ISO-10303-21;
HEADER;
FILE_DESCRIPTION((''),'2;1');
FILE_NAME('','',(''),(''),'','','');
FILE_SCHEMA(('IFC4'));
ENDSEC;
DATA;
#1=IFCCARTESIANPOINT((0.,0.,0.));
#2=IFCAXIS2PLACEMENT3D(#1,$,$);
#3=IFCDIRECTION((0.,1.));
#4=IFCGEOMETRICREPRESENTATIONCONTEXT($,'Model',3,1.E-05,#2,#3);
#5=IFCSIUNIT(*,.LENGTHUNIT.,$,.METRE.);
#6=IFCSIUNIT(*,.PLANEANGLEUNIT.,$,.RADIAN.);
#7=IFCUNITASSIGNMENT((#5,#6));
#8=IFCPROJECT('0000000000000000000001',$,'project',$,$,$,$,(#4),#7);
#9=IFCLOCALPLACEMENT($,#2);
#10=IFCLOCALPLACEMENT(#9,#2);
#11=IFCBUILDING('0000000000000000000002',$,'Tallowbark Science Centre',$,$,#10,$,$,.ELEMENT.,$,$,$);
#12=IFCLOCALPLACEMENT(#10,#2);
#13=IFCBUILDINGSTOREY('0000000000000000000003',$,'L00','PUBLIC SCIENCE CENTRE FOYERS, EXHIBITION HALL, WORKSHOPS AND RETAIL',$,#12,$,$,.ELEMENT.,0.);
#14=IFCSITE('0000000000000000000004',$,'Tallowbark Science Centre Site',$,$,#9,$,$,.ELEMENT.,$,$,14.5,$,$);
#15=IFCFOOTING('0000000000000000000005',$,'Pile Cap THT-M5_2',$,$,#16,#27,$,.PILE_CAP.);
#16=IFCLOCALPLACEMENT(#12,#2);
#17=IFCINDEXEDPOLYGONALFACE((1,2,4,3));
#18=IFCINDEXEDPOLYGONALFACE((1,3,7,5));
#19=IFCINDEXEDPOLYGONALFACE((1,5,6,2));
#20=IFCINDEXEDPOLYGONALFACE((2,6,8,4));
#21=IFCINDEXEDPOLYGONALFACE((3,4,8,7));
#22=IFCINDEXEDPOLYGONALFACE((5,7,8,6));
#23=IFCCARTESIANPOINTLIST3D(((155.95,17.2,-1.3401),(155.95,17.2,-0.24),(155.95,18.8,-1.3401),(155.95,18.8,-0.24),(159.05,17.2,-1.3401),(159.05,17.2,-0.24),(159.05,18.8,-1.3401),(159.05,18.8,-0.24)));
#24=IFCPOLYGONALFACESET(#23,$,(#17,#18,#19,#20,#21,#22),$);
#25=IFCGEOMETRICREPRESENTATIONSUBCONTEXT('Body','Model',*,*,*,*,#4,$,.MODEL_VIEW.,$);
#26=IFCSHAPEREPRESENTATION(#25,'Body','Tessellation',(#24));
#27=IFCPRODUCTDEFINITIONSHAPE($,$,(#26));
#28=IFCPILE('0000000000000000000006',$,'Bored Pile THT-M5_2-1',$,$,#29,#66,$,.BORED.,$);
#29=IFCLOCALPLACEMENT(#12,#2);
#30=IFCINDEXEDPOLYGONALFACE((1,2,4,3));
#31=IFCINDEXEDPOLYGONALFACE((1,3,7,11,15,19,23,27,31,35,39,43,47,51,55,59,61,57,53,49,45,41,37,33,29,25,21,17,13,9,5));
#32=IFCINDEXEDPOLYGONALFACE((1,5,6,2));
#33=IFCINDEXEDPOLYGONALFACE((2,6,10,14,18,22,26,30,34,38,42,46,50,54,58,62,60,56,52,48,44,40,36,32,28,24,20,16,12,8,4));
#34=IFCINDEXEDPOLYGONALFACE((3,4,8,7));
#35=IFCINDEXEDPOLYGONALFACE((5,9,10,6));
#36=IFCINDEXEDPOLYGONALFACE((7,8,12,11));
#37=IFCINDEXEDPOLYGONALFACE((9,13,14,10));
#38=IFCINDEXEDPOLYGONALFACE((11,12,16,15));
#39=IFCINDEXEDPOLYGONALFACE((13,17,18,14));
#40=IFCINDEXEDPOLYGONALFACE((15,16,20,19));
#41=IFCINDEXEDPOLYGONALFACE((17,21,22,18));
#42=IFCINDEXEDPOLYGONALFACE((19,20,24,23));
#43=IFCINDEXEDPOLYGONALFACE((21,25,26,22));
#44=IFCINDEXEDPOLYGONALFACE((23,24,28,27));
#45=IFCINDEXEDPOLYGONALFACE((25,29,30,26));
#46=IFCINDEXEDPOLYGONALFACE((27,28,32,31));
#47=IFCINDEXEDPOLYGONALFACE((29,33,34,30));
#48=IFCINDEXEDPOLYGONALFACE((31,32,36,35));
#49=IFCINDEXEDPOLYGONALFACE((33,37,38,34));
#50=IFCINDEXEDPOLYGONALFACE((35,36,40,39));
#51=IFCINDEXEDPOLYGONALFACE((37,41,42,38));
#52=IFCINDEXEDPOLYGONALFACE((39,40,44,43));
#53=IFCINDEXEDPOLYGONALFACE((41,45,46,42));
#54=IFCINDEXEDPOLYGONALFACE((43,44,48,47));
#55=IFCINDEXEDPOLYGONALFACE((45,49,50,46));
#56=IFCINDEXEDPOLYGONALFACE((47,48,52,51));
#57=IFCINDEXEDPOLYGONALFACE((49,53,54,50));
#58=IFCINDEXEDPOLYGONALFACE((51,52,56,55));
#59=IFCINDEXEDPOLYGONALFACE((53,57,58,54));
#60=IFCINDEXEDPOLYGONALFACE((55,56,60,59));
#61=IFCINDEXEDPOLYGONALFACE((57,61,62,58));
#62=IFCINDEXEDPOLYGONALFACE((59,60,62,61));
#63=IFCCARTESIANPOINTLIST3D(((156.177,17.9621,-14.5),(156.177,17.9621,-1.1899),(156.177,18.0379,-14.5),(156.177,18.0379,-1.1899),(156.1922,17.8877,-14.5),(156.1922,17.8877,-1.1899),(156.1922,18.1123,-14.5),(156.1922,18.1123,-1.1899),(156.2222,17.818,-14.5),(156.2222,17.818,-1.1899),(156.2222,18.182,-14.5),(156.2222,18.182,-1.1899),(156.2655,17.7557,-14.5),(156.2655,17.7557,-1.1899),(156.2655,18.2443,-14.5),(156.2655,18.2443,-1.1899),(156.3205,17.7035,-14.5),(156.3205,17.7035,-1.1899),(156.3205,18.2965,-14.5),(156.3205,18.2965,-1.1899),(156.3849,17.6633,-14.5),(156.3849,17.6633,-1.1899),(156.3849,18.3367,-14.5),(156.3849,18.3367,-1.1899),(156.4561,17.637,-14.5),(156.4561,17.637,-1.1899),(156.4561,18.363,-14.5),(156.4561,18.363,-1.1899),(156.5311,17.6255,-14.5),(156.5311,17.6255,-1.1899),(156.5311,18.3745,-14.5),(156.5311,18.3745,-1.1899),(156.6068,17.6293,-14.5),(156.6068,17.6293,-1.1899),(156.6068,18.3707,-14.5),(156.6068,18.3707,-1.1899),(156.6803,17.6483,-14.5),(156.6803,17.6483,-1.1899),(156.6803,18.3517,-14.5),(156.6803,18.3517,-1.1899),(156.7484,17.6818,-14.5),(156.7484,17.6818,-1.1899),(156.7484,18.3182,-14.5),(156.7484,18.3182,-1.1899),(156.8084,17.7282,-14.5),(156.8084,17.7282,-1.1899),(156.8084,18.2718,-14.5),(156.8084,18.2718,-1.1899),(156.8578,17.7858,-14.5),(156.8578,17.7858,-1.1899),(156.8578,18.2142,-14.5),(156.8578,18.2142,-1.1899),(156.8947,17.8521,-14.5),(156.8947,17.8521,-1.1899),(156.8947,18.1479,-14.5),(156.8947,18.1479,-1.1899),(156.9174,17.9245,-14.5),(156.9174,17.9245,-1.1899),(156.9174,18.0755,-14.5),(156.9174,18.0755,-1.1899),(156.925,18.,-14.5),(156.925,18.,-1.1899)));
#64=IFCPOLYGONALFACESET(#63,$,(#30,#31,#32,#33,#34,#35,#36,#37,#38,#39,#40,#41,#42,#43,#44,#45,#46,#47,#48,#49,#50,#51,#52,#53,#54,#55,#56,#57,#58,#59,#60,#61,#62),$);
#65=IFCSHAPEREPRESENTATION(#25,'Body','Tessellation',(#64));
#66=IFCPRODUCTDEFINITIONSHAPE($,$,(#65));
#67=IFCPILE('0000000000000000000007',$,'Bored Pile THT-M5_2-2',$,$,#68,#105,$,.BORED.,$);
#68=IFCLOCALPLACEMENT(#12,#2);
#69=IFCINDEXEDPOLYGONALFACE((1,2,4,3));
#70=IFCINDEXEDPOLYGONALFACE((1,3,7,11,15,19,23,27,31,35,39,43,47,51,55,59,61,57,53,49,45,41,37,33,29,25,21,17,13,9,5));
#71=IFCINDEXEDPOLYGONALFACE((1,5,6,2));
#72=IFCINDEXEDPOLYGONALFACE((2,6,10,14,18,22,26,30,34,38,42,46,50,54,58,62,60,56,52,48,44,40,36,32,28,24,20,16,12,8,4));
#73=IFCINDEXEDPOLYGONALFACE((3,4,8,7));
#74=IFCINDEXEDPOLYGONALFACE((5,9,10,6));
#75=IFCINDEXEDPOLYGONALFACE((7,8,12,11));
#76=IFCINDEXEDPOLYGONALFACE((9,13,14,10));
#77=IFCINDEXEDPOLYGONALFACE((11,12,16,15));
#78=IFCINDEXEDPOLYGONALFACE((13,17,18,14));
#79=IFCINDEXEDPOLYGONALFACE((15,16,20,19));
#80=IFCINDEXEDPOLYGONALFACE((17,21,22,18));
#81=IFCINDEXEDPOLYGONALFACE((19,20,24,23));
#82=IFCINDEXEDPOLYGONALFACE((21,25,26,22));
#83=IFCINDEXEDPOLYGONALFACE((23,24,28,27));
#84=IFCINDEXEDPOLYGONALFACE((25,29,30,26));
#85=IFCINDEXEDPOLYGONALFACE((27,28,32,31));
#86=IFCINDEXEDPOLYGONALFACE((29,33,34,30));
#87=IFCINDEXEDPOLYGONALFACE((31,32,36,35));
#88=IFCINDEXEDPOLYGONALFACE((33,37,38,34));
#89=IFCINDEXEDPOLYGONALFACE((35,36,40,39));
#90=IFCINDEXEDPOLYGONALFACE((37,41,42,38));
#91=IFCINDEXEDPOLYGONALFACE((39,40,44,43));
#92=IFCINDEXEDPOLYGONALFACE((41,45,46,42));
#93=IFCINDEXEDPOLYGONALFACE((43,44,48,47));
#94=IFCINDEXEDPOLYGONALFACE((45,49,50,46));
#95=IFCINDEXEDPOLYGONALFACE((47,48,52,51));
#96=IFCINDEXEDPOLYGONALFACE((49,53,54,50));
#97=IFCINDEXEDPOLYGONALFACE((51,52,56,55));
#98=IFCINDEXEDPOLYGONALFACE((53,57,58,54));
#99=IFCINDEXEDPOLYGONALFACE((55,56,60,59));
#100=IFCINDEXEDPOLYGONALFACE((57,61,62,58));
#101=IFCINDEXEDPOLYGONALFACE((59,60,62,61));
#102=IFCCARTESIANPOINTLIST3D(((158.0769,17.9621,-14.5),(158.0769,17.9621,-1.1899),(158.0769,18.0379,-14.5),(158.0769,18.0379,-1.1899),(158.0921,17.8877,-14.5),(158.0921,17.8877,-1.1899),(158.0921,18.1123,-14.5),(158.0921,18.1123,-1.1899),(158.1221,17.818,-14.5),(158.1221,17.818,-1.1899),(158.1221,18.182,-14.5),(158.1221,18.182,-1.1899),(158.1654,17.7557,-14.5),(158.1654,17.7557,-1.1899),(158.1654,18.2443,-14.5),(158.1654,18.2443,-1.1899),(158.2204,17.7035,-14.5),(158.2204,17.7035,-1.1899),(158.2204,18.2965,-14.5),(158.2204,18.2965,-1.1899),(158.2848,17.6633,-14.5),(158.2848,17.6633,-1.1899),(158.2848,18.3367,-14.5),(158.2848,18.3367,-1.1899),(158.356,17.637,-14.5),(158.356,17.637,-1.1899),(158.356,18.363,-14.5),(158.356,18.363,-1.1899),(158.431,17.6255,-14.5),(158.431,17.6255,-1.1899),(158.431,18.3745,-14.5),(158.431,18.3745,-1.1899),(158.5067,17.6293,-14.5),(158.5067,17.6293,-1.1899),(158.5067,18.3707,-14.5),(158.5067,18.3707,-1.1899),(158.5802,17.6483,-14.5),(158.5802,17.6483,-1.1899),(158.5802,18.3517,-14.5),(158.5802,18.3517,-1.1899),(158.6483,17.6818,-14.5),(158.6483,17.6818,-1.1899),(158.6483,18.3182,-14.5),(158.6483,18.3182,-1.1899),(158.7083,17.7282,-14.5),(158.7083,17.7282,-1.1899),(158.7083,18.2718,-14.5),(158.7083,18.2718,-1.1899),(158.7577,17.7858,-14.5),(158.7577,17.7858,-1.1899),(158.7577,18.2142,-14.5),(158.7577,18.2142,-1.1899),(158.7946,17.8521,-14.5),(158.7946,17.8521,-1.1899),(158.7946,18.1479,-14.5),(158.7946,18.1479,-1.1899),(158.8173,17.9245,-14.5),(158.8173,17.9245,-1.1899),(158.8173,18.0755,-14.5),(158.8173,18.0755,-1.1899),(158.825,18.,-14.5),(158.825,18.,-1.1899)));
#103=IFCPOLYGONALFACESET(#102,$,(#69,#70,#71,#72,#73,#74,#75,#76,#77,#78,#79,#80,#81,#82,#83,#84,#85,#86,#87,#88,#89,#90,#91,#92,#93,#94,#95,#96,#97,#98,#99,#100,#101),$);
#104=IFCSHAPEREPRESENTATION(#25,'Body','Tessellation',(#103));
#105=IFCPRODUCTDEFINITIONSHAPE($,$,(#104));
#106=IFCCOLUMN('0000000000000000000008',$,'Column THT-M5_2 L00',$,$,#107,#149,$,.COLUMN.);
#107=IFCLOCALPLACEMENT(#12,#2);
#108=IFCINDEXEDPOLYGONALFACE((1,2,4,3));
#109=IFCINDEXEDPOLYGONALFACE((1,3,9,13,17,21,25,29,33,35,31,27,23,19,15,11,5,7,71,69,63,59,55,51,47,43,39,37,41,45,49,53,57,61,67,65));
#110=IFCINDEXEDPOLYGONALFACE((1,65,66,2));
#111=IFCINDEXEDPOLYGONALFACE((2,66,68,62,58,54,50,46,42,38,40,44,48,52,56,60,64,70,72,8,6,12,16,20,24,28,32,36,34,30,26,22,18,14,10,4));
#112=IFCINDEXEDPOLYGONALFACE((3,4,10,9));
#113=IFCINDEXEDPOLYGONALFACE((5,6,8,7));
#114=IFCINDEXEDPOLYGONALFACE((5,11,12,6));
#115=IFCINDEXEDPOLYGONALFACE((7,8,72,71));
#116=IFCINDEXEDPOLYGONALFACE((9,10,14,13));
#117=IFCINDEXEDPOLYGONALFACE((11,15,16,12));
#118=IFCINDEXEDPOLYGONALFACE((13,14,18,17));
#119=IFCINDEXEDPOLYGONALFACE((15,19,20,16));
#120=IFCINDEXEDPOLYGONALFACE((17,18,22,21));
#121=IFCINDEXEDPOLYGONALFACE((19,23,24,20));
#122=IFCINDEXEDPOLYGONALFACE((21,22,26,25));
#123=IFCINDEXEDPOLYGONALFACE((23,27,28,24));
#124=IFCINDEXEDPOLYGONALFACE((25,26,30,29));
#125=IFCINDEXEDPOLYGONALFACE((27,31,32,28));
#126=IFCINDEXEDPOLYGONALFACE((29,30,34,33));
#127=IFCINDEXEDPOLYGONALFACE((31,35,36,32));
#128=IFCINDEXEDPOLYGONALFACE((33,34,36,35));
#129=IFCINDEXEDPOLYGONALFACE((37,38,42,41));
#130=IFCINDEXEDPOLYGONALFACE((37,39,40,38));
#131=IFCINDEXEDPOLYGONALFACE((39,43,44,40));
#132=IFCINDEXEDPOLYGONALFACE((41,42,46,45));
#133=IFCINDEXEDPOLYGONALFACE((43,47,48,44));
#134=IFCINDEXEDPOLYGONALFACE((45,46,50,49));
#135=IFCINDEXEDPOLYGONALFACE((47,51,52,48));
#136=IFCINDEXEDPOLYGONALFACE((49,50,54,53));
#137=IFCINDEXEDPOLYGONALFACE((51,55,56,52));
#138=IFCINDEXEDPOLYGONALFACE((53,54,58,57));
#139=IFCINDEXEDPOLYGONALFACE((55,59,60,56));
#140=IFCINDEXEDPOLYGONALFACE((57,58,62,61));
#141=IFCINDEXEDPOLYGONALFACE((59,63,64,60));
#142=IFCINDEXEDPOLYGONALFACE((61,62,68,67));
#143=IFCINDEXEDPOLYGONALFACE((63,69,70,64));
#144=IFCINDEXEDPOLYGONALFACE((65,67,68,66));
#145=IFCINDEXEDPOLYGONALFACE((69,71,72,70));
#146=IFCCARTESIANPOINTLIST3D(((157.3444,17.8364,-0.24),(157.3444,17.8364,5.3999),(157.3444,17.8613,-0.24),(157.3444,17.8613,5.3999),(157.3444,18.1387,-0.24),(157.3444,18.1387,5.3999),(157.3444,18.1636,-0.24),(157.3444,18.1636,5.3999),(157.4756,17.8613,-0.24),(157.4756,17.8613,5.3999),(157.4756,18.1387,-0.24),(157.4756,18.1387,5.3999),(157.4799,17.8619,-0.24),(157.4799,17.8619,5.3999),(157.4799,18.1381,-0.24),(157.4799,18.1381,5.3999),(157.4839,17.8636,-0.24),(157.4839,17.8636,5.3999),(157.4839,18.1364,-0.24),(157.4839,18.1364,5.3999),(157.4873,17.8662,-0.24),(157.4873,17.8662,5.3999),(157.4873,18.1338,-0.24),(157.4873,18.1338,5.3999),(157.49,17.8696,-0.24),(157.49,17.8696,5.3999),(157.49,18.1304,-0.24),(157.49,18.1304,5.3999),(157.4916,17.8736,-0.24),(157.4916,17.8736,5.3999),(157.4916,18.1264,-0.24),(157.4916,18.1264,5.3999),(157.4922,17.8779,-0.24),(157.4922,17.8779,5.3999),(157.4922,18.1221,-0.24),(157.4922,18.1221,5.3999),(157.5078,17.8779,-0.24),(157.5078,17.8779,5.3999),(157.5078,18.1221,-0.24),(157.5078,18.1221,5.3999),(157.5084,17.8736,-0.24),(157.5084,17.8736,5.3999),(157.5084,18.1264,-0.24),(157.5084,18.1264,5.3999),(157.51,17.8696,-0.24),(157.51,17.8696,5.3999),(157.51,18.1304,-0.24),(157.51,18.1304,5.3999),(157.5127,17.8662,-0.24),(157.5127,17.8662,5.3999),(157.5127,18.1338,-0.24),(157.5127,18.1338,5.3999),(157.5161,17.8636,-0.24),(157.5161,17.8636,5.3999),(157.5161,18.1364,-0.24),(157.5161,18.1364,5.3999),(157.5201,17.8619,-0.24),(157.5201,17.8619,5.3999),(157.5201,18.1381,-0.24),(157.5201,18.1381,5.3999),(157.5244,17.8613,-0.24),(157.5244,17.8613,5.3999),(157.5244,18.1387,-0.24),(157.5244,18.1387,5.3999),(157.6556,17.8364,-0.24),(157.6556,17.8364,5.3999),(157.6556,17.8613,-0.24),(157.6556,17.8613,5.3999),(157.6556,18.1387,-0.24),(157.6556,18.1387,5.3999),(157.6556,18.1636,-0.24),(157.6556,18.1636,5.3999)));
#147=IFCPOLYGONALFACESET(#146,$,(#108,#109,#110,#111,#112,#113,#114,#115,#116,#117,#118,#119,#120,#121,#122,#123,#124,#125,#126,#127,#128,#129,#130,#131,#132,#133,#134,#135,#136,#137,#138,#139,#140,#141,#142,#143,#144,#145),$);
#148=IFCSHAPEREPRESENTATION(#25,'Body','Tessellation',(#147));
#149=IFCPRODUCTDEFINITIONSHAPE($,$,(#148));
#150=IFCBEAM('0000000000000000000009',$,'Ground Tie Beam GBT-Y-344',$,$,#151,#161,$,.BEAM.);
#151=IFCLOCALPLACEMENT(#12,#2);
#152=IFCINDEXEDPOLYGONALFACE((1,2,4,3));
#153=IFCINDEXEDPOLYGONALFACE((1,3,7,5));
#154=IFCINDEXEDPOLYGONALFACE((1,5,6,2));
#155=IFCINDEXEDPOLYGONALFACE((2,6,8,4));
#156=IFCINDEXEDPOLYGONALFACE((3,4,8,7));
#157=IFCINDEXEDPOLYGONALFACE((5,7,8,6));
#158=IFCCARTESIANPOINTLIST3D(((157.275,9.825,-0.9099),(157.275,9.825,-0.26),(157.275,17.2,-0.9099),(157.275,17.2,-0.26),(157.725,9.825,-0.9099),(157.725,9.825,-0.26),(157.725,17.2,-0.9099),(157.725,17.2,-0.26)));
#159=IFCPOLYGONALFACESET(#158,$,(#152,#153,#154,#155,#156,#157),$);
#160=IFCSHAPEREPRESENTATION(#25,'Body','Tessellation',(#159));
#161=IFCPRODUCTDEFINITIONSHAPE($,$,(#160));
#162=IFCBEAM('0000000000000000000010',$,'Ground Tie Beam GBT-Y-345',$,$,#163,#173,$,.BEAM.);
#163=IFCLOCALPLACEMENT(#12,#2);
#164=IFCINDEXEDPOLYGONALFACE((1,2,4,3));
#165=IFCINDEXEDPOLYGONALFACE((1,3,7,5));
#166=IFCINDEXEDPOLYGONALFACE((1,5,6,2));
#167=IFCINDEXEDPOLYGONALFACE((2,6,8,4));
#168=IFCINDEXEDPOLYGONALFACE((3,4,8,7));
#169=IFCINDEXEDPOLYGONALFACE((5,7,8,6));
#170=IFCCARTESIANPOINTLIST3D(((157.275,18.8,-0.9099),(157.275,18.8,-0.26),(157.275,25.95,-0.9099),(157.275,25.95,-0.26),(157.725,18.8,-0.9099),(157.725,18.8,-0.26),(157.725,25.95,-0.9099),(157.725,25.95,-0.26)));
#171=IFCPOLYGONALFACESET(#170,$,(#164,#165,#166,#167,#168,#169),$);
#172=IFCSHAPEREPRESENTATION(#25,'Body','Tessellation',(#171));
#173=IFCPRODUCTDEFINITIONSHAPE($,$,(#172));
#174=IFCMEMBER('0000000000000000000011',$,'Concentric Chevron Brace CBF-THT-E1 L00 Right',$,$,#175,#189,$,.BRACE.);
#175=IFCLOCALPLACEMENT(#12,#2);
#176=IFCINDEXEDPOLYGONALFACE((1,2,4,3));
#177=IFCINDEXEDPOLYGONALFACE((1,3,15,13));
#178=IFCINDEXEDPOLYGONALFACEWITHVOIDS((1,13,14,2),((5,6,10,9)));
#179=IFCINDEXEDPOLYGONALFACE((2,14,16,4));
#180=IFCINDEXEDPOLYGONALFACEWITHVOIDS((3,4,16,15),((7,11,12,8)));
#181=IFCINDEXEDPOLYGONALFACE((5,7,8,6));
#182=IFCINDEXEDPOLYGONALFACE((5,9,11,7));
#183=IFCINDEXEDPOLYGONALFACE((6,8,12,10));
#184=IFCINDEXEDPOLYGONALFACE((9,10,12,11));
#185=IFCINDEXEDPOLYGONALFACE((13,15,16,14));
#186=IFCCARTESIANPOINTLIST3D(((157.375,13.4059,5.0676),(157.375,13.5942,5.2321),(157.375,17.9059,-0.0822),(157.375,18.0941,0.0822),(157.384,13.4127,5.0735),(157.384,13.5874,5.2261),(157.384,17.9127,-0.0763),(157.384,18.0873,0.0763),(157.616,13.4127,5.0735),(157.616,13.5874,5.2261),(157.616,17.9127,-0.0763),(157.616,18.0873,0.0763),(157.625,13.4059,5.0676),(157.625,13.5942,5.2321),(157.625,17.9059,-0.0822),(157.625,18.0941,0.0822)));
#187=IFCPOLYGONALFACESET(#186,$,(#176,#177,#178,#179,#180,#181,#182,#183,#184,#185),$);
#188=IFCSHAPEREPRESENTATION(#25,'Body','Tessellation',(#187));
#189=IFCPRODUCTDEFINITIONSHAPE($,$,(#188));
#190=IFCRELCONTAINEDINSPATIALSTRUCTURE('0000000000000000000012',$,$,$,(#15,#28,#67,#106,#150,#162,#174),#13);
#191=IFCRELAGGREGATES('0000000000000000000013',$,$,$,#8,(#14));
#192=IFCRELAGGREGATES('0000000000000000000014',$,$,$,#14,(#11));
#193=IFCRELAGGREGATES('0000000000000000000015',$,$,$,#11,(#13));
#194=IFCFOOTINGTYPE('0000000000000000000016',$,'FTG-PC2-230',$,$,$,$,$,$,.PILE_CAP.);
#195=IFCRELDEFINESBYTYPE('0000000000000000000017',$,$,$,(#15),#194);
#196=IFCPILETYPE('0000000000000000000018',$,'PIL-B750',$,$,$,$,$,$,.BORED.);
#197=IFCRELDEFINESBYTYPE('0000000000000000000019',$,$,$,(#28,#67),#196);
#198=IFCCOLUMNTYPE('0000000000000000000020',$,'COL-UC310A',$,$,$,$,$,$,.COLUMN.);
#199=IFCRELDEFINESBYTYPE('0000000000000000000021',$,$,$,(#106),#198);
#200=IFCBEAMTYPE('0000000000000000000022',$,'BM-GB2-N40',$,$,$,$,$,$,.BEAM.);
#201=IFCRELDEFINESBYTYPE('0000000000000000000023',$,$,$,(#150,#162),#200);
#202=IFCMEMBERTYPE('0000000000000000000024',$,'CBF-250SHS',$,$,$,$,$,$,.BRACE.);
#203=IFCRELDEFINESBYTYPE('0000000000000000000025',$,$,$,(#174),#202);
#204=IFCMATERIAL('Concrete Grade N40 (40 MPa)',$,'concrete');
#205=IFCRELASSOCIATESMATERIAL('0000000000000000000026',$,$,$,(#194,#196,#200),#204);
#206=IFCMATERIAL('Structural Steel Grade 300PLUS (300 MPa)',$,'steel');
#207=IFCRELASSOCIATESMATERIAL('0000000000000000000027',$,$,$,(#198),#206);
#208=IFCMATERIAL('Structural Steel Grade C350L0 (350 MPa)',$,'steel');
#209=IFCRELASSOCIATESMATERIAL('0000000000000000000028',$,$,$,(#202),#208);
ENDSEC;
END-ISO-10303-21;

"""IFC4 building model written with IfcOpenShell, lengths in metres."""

from ifc_helpers import new_model, si_unit, direction, frame, origin, origin_2d, place, context, subcontext, project, spatial, rectangle, hollow_rectangle, circle, i_section, extrude, material, material_profile, profile_set, type_object, element, save


model = new_model("IFC4")

# Units and contexts
model_context = context("Model", 3, precision=1e-05, world=origin(), true_north=direction((0.0, 1.0)))
body_context = subcontext(model_context, "Body", "Model", "MODEL_VIEW")
ifc_project = project(units=[si_unit("LENGTHUNIT", "METRE"), si_unit("PLANEANGLEUNIT", "RADIAN")], contexts=[model_context])

# Site, building, storey
site_placement = place(None, origin())
site = spatial("IfcSite", under=ifc_project, at=site_placement, Name="Tallowbark Science Centre Site", CompositionType="ELEMENT", RefElevation=14.5)
building_placement = place(site_placement, origin())
building = spatial("IfcBuilding", under=site, at=building_placement, Name="Tallowbark Science Centre", CompositionType="ELEMENT")
storey_placement = place(building_placement, origin())
storey = spatial("IfcBuildingStorey", under=building, at=storey_placement, Name="L00", Description="PUBLIC SCIENCE CENTRE FOYERS, EXHIBITION HALL, WORKSHOPS AND RETAIL", CompositionType="ELEMENT", Elevation=0.0)

# Footing
ifc_material_1 = material(Name="Concrete Grade N40 (40 MPa)", Category="concrete")
footing_type = type_object("IfcFootingType", Name="FTG-PC2-230", PredefinedType="PILE_CAP", material=ifc_material_1)
footing_placement = place(storey_placement, frame((157.5, 18.0, -1.3401), z_axis=(0.0, 0.0, 1.0), x_axis=(1.0, 0.0, 0.0)))
element("IfcFooting", 1, at=footing_placement, inside=storey, type_object=footing_type, Name="Pile Cap THT-M5_2", PredefinedType="PILE_CAP", context=body_context, shape_type="SweptSolid", body=[
    extrude(rectangle(XDim=3.1001, YDim=1.6001, at=origin_2d()), origin(), (0.0, 0.0, 1.0), 1.1001),
])

# Piles
ifc_material_profile_1 = material_profile(ifc_material_1, circle(Radius=0.375, at=origin_2d()), Name="PILE750")
ifc_profile_set_1 = profile_set([ifc_material_profile_1], Name="Concrete Grade N40 (40 MPa)")
pile_type = type_object("IfcPileType", Name="PIL-B750", PredefinedType="BORED", material=ifc_profile_set_1)
for number, where, z_axis, x_axis, name in (
    (2, (156.55, 18.0, -1.1899), (0.0, 0.0, -1.0), (1.0, 0.0, 0.0), "Bored Pile THT-M5_2-1"),
    (3, (158.45, 18.0, -1.1899), (0.0, 0.0, -1.0), (1.0, 0.0, 0.0), "Bored Pile THT-M5_2-2"),
):
    element("IfcPile", number, at=place(storey_placement, frame(where, z_axis=z_axis, x_axis=x_axis)), inside=storey, type_object=pile_type, Name=name, PredefinedType="BORED", context=body_context, shape_type="SweptSolid", body=[
        extrude(circle(Radius=0.375, at=origin_2d()), origin(), (0.0, 0.0, 1.0), 13.3101),
    ])

# Column
ifc_material_2 = material(Name="Structural Steel Grade 300PLUS (300 MPa)", Category="steel")
ifc_material_profile_2 = material_profile(ifc_material_2, i_section(OverallWidth=0.3113, OverallDepth=0.3271, WebThickness=0.0156, FlangeThickness=0.0249, FilletRadius=0.0166, at=origin_2d()), Name="310UC158")
ifc_profile_set_2 = profile_set([ifc_material_profile_2], Name="Structural Steel Grade 300PLUS (300 MPa)")
column_type = type_object("IfcColumnType", Name="COL-UC310A", PredefinedType="COLUMN", material=ifc_profile_set_2)
column_placement = place(storey_placement, frame((157.5, 18.0, -0.24), z_axis=(0.0, 0.0, 1.0), x_axis=(1.0, 0.0, 0.0)))
element("IfcColumn", 4, at=column_placement, inside=storey, type_object=column_type, Name="Column THT-M5_2 L00", PredefinedType="COLUMN", context=body_context, shape_type="SweptSolid", body=[
    extrude(i_section(OverallWidth=0.3113, OverallDepth=0.3271, WebThickness=0.0156, FlangeThickness=0.0249, FilletRadius=0.0166, at=origin_2d()), origin(), (0.0, 0.0, 1.0), 5.6399),
])

# Beams
ifc_material_profile_3 = material_profile(ifc_material_1, rectangle(XDim=0.45, YDim=0.6499, at=origin_2d()), Name="RC450x650")
ifc_profile_set_3 = profile_set([ifc_material_profile_3], Name="Concrete Grade N40 (40 MPa)")
beam_type = type_object("IfcBeamType", Name="BM-GB2-N40", PredefinedType="BEAM", material=ifc_profile_set_3)
beam_1_placement = place(storey_placement, frame((157.5, 9.825, -0.585), z_axis=(0.0, 1.0, 0.0), x_axis=(-1.0, 0.0, 0.0)))
element("IfcBeam", 5, at=beam_1_placement, inside=storey, type_object=beam_type, Name="Ground Tie Beam GBT-Y-344", PredefinedType="BEAM", context=body_context, shape_type="SweptSolid", body=[
    extrude(rectangle(XDim=0.45, YDim=0.6499, at=origin_2d()), origin(), (0.0, 0.0, 1.0), 7.375),
])
beam_2_placement = place(storey_placement, frame((157.5, 18.8, -0.585), z_axis=(0.0, 1.0, 0.0), x_axis=(-1.0, 0.0, 0.0)))
element("IfcBeam", 6, at=beam_2_placement, inside=storey, type_object=beam_type, Name="Ground Tie Beam GBT-Y-345", PredefinedType="BEAM", context=body_context, shape_type="SweptSolid", body=[
    extrude(rectangle(XDim=0.45, YDim=0.6499, at=origin_2d()), origin(), (0.0, 0.0, 1.0), 7.1499),
])

# Member
ifc_material_3 = material(Name="Structural Steel Grade C350L0 (350 MPa)", Category="steel")
ifc_material_profile_4 = material_profile(ifc_material_3, hollow_rectangle(XDim=0.25, YDim=0.25, WallThickness=0.009, at=origin_2d()), Name="250x250x9.0SHS")
ifc_profile_set_4 = profile_set([ifc_material_profile_4], Name="Structural Steel Grade C350L0 (350 MPa)")
member_type = type_object("IfcMemberType", Name="CBF-250SHS", PredefinedType="BRACE", material=ifc_profile_set_4)
member_placement = place(storey_placement, frame((157.5, 18.0, 0.0), z_axis=(0.0, -0.657994, 0.753023), x_axis=(1.0, 0.0, 0.0)))
element("IfcMember", 7, at=member_placement, inside=storey, type_object=member_type, Name="Concentric Chevron Brace CBF-THT-E1 L00 Right", PredefinedType="BRACE", context=body_context, shape_type="SweptSolid", body=[
    extrude(hollow_rectangle(XDim=0.25, YDim=0.25, WallThickness=0.009, at=origin_2d()), origin(), (0.0, 0.0, 1.0), 6.8389),
])

save(model, "model.ifc")
